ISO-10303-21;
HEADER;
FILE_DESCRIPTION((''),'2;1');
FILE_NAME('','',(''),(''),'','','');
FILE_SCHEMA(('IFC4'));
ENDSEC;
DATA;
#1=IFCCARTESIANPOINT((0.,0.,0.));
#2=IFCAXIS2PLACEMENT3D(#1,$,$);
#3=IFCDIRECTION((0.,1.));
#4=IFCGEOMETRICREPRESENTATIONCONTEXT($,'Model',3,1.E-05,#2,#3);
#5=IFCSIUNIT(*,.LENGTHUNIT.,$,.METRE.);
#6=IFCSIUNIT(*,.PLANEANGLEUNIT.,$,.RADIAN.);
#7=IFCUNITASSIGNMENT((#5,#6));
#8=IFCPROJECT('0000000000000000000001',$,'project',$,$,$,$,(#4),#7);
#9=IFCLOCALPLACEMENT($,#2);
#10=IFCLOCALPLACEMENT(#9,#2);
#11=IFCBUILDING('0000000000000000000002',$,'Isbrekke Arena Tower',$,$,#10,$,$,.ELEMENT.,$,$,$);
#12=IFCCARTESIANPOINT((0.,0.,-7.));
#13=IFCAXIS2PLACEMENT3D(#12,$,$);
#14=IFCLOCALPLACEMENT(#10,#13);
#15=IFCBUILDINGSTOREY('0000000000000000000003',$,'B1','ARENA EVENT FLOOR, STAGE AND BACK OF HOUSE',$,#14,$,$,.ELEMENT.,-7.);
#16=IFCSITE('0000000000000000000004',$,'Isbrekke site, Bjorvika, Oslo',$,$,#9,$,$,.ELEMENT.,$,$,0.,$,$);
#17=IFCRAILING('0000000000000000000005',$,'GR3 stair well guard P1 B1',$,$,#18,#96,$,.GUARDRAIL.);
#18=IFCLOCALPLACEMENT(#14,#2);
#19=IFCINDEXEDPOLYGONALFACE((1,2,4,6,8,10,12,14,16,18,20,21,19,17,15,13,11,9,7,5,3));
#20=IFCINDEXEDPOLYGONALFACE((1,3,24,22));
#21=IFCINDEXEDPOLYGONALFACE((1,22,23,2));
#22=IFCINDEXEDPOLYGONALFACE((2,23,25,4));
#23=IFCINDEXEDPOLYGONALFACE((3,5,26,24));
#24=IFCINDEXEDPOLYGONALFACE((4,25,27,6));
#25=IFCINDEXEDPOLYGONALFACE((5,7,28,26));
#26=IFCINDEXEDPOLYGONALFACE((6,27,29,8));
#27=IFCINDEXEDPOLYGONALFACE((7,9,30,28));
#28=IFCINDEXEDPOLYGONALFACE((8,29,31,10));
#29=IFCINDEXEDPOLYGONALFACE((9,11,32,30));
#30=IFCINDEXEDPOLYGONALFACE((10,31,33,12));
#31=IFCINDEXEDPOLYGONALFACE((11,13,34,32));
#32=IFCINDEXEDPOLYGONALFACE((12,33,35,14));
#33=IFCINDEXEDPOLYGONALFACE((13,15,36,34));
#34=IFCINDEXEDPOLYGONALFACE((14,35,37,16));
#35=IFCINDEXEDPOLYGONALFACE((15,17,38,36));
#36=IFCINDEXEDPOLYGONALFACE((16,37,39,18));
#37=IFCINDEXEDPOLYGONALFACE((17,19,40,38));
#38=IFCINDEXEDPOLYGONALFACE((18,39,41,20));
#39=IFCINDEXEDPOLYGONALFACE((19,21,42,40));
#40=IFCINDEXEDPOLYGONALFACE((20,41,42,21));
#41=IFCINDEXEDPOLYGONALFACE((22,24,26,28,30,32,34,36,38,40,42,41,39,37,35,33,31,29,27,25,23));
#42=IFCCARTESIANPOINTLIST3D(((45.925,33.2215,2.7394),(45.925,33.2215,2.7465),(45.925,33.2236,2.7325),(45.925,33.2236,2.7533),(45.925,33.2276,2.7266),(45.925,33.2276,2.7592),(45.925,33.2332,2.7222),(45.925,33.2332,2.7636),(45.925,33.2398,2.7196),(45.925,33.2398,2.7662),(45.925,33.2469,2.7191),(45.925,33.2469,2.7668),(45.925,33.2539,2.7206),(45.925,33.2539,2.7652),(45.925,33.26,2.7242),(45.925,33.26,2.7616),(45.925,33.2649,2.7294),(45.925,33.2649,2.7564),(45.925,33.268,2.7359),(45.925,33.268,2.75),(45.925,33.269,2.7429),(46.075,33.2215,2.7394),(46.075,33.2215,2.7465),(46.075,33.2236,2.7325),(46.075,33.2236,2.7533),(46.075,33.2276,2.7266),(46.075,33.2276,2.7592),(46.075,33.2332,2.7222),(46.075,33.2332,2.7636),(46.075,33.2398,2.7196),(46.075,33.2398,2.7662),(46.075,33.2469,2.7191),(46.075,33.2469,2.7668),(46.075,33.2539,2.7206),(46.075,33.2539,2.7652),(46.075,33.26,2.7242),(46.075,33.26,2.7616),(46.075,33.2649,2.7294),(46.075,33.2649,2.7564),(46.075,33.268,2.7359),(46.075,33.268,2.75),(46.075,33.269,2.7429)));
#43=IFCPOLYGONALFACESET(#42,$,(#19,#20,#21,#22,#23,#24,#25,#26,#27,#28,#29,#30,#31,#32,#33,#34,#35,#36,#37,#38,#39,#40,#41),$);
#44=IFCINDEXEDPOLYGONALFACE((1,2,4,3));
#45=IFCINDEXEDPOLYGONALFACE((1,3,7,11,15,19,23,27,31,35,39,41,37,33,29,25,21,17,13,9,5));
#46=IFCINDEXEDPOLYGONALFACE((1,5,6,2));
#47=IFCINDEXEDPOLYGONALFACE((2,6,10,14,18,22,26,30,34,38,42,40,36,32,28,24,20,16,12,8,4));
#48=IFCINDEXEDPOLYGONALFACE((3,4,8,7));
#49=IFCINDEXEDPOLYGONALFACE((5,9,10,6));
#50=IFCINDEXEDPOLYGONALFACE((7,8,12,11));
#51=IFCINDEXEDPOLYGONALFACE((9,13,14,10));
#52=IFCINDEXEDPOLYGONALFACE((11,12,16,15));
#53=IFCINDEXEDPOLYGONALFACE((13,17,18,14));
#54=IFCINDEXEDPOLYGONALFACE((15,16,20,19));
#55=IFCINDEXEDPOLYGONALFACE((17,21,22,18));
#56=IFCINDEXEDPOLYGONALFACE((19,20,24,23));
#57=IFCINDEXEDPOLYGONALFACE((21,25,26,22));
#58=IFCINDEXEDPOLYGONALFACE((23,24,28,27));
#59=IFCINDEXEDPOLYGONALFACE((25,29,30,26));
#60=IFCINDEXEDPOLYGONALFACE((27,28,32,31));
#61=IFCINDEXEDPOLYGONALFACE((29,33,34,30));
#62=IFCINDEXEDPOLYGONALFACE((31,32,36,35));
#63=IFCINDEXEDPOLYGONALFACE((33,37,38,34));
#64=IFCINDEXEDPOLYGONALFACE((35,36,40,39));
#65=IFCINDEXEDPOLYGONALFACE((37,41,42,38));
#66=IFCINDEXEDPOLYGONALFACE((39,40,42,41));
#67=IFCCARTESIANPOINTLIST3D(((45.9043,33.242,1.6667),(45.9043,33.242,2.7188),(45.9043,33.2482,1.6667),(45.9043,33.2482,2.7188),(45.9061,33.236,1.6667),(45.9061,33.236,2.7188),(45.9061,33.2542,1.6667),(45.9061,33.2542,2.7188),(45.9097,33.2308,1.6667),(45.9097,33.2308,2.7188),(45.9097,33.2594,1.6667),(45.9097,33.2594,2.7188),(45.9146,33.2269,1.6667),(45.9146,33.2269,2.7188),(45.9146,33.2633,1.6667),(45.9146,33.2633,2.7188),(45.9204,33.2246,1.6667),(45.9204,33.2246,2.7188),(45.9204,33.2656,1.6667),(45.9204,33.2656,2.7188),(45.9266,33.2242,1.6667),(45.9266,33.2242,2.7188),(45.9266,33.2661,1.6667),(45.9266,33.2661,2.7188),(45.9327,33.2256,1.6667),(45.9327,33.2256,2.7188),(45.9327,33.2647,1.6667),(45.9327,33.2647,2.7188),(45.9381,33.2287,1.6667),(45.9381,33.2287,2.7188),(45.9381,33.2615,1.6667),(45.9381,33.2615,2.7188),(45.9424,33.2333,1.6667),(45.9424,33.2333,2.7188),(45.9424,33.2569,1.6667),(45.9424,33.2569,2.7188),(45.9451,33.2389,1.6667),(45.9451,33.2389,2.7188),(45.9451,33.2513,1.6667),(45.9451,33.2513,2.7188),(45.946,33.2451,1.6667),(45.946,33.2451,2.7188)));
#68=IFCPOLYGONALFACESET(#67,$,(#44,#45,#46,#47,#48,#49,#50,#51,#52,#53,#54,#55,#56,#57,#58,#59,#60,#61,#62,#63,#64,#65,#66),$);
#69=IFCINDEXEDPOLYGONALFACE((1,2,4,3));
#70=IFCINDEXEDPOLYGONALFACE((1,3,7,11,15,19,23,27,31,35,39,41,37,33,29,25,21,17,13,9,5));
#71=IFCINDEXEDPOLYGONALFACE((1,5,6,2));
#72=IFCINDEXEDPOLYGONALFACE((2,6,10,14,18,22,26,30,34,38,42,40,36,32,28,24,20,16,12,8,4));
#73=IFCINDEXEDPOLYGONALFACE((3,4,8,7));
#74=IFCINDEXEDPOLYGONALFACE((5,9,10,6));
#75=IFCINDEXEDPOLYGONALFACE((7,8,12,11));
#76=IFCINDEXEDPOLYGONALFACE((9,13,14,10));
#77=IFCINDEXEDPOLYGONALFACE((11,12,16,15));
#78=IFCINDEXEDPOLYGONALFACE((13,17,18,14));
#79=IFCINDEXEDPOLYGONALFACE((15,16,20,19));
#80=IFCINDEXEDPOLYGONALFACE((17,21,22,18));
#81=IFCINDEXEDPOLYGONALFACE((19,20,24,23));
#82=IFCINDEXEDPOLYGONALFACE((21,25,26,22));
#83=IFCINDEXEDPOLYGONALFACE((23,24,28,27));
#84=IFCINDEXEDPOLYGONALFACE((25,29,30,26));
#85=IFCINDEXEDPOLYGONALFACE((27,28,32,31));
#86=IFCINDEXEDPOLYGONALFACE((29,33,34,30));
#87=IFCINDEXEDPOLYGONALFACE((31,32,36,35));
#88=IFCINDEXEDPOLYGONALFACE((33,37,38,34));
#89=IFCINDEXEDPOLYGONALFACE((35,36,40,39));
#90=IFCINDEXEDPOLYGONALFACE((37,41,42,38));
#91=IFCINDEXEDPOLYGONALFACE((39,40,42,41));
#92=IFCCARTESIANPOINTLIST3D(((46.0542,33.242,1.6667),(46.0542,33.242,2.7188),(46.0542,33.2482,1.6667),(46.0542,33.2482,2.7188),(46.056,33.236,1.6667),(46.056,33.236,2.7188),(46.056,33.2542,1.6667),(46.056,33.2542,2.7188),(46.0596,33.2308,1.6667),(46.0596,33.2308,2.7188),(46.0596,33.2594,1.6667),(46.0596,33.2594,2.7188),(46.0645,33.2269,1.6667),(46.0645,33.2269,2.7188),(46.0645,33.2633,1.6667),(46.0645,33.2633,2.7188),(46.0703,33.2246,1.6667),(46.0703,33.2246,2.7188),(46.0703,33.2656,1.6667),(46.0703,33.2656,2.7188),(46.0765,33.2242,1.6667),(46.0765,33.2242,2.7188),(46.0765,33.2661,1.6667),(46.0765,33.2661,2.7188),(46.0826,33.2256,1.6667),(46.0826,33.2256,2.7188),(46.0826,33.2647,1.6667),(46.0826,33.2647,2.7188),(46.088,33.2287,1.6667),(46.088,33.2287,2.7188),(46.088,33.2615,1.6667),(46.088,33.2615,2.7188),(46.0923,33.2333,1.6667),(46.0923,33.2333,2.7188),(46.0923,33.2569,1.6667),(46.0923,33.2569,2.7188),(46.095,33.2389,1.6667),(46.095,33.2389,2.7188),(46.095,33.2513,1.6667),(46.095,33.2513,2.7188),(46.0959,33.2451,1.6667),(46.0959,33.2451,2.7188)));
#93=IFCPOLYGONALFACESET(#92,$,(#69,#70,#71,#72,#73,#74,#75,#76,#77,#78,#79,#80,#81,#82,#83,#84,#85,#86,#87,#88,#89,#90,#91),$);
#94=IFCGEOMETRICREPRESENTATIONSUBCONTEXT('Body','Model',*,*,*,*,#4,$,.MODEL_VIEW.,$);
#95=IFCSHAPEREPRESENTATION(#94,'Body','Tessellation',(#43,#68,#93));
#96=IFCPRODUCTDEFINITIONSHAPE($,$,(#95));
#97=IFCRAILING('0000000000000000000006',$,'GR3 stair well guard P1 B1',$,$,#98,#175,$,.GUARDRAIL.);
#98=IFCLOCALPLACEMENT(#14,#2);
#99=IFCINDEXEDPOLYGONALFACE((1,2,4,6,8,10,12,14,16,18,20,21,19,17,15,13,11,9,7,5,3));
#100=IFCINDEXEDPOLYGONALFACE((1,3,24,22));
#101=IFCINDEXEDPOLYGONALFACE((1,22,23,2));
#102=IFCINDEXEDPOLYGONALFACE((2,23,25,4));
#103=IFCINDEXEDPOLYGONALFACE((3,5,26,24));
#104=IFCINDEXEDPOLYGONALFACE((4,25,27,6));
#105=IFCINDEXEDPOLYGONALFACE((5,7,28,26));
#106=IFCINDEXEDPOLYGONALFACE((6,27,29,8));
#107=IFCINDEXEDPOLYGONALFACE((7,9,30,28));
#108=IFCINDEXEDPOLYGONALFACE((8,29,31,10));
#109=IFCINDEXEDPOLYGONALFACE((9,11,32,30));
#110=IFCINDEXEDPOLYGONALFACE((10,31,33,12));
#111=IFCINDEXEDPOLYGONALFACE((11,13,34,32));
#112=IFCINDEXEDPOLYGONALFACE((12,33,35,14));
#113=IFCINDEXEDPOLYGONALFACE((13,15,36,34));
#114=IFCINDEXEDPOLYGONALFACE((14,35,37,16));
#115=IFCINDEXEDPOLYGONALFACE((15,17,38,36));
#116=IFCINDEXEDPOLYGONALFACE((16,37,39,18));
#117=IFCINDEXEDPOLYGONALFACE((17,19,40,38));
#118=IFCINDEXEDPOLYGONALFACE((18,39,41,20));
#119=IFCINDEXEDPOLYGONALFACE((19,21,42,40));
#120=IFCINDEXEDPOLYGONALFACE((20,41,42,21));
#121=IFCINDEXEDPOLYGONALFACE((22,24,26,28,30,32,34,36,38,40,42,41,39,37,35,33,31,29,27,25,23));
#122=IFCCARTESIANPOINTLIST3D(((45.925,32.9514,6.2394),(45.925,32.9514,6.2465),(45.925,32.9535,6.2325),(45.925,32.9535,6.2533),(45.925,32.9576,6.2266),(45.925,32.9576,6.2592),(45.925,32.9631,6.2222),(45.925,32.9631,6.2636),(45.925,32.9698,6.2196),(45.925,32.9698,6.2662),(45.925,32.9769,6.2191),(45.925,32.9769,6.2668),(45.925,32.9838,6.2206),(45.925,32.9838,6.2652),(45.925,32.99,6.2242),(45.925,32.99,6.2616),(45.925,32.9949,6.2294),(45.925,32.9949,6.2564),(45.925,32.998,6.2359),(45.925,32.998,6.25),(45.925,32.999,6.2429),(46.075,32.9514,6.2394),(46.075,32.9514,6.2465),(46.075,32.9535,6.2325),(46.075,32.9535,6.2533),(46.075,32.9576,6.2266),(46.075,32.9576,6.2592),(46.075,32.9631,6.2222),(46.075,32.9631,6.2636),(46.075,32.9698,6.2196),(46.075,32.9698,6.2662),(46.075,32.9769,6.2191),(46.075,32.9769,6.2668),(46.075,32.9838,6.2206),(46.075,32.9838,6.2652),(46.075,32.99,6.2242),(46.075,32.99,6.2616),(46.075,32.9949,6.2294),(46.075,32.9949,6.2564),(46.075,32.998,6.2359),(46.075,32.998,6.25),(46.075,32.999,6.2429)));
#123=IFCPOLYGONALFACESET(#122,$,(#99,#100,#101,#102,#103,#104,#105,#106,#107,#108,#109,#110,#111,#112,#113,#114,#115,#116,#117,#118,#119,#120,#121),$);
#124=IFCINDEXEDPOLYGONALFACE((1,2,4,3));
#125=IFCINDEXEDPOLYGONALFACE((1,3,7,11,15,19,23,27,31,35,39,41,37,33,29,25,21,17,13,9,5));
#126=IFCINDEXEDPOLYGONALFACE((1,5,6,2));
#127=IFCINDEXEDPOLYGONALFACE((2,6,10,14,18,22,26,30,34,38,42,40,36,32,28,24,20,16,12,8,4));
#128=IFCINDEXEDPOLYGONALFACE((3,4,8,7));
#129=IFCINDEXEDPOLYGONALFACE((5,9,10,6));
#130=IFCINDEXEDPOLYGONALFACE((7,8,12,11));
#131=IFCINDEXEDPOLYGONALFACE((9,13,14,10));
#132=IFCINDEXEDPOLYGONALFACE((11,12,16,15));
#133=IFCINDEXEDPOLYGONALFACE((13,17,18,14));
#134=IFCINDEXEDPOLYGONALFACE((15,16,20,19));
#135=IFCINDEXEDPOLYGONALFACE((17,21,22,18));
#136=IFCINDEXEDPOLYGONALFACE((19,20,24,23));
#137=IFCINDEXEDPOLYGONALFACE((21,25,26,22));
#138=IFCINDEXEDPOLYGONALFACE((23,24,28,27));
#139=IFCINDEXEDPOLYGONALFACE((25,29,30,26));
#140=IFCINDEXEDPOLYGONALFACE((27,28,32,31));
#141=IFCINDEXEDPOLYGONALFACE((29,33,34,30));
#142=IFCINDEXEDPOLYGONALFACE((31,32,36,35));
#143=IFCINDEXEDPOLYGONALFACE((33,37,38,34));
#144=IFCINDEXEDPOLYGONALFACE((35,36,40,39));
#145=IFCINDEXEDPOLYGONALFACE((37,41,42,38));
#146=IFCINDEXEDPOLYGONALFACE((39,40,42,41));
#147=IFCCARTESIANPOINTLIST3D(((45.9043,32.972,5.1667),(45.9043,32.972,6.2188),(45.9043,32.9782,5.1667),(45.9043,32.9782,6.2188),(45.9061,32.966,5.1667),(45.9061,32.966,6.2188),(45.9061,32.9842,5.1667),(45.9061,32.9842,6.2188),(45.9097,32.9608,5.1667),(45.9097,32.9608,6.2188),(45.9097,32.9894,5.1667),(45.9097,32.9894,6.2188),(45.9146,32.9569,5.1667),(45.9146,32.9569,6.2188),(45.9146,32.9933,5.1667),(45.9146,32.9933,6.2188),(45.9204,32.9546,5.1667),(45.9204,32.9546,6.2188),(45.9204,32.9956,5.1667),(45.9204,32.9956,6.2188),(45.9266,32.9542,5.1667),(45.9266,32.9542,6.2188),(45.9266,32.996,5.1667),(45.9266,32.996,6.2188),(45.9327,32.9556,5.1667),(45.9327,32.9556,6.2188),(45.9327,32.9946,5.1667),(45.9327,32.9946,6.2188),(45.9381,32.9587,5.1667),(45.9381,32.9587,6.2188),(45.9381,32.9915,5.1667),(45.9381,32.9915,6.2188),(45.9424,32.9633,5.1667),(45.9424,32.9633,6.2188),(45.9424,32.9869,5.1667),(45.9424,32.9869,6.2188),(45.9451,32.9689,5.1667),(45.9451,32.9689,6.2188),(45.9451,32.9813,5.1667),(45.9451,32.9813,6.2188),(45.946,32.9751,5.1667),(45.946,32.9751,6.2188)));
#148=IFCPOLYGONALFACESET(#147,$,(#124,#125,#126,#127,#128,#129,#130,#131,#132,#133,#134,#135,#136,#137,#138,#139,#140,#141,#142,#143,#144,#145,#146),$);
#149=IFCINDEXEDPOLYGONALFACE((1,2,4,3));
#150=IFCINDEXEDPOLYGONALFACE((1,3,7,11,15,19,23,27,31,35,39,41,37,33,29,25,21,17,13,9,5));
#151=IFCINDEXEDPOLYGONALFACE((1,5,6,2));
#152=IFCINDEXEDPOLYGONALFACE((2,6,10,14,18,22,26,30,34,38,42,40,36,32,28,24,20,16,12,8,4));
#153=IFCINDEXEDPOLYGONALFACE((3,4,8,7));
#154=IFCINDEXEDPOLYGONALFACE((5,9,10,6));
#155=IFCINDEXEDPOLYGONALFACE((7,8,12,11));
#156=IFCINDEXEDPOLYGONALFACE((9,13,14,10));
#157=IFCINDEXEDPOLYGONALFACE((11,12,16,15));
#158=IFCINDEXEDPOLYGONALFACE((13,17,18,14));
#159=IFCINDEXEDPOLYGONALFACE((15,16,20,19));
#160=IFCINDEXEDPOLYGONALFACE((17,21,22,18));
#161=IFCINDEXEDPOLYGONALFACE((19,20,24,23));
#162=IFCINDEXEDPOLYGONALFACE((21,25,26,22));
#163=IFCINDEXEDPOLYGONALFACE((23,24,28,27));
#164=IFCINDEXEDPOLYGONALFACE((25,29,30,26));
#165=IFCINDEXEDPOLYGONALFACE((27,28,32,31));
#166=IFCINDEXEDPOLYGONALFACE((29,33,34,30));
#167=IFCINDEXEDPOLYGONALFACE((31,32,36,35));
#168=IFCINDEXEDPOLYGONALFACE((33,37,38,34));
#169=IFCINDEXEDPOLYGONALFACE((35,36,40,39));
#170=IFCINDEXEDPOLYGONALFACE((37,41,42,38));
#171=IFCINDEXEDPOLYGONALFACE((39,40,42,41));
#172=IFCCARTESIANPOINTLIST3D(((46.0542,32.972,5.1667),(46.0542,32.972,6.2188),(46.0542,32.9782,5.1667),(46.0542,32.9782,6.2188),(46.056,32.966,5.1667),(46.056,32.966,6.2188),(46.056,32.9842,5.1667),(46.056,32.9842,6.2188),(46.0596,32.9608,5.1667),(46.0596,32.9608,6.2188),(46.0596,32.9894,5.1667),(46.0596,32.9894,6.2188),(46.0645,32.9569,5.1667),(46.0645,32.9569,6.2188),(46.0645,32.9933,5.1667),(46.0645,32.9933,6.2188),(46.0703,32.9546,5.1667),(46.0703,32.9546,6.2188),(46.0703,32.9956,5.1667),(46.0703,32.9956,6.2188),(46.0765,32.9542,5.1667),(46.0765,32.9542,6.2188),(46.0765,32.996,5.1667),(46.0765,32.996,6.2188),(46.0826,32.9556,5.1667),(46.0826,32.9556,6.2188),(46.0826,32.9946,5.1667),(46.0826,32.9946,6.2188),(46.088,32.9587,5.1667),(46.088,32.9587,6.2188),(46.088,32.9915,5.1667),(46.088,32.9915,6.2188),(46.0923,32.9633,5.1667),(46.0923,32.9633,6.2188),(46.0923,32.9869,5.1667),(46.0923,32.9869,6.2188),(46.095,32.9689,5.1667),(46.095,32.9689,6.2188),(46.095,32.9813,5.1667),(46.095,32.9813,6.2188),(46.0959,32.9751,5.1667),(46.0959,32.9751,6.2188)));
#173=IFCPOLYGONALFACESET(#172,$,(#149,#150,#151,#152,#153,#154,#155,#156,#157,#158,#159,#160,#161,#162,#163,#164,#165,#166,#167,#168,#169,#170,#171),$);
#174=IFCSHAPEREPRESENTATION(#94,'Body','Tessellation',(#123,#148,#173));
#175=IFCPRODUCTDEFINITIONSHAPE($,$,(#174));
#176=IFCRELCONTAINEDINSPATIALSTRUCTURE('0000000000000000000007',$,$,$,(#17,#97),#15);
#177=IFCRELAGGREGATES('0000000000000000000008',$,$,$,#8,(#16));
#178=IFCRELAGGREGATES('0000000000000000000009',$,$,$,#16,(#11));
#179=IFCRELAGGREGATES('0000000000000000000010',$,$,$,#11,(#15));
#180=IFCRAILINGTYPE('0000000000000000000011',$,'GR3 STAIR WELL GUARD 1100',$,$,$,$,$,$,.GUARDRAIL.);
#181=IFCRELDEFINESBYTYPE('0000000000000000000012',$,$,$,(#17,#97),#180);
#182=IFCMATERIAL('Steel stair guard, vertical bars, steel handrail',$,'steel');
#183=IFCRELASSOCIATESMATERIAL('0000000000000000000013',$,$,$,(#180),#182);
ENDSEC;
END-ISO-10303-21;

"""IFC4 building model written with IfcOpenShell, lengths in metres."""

from ifc_helpers import new_model, si_unit, direction, frame, origin, origin_2d, place, context, subcontext, project, spatial, circle, extrude, material, type_object, element, save


model = new_model("IFC4")

# Units and contexts
model_context = context("Model", 3, precision=1e-05, world=origin(), true_north=direction((0.0, 1.0)))
body_context = subcontext(model_context, "Body", "Model", "MODEL_VIEW")
ifc_project = project(units=[si_unit("LENGTHUNIT", "METRE"), si_unit("PLANEANGLEUNIT", "RADIAN")], contexts=[model_context])

# Site, building, storey
site_placement = place(None, origin())
site = spatial("IfcSite", under=ifc_project, at=site_placement, Name="Isbrekke site, Bjorvika, Oslo", CompositionType="ELEMENT", RefElevation=0.0)
building_placement = place(site_placement, origin())
building = spatial("IfcBuilding", under=site, at=building_placement, Name="Isbrekke Arena Tower", CompositionType="ELEMENT")
storey_placement = place(building_placement, frame((0.0, 0.0, -7.0)))
storey = spatial("IfcBuildingStorey", under=building, at=storey_placement, Name="B1", Description="ARENA EVENT FLOOR, STAGE AND BACK OF HOUSE", CompositionType="ELEMENT", Elevation=-7.0)

# Railings
ifc_material_1 = material(Name="Steel stair guard, vertical bars, steel handrail", Category="steel")
railing_type = type_object("IfcRailingType", Name="GR3 STAIR WELL GUARD 1100", PredefinedType="GUARDRAIL", material=ifc_material_1)
for number, where, name in (
    (1, (45.925, 33.2451, 1.6667), "GR3 stair well guard P1 B1"),
    (2, (45.925, 32.9751, 5.1667), "GR3 stair well guard P1 B1"),
):
    element("IfcRailing", number, at=place(storey_placement, frame(where)), inside=storey, type_object=railing_type, Name=name, PredefinedType="GUARDRAIL", context=body_context, shape_type="SweptSolid", body=[
        extrude(circle(Radius=0.0239, at=origin_2d()), frame((0.0, 0.0, 1.0762), z_axis=(1.0, 0.0, 0.0), x_axis=(0.0, 1.0, 0.0)), (0.0, 0.0, 1.0), 0.1499),
        extrude(circle(Radius=0.021, at=origin_2d()), origin(), (0.0, 0.0, 1.0), 1.052),
        extrude(circle(Radius=0.021, at=origin_2d()), frame((0.1499, 0.0, 0.0)), (0.0, 0.0, 1.0), 1.052),
    ])

save(model, "model.ifc")
